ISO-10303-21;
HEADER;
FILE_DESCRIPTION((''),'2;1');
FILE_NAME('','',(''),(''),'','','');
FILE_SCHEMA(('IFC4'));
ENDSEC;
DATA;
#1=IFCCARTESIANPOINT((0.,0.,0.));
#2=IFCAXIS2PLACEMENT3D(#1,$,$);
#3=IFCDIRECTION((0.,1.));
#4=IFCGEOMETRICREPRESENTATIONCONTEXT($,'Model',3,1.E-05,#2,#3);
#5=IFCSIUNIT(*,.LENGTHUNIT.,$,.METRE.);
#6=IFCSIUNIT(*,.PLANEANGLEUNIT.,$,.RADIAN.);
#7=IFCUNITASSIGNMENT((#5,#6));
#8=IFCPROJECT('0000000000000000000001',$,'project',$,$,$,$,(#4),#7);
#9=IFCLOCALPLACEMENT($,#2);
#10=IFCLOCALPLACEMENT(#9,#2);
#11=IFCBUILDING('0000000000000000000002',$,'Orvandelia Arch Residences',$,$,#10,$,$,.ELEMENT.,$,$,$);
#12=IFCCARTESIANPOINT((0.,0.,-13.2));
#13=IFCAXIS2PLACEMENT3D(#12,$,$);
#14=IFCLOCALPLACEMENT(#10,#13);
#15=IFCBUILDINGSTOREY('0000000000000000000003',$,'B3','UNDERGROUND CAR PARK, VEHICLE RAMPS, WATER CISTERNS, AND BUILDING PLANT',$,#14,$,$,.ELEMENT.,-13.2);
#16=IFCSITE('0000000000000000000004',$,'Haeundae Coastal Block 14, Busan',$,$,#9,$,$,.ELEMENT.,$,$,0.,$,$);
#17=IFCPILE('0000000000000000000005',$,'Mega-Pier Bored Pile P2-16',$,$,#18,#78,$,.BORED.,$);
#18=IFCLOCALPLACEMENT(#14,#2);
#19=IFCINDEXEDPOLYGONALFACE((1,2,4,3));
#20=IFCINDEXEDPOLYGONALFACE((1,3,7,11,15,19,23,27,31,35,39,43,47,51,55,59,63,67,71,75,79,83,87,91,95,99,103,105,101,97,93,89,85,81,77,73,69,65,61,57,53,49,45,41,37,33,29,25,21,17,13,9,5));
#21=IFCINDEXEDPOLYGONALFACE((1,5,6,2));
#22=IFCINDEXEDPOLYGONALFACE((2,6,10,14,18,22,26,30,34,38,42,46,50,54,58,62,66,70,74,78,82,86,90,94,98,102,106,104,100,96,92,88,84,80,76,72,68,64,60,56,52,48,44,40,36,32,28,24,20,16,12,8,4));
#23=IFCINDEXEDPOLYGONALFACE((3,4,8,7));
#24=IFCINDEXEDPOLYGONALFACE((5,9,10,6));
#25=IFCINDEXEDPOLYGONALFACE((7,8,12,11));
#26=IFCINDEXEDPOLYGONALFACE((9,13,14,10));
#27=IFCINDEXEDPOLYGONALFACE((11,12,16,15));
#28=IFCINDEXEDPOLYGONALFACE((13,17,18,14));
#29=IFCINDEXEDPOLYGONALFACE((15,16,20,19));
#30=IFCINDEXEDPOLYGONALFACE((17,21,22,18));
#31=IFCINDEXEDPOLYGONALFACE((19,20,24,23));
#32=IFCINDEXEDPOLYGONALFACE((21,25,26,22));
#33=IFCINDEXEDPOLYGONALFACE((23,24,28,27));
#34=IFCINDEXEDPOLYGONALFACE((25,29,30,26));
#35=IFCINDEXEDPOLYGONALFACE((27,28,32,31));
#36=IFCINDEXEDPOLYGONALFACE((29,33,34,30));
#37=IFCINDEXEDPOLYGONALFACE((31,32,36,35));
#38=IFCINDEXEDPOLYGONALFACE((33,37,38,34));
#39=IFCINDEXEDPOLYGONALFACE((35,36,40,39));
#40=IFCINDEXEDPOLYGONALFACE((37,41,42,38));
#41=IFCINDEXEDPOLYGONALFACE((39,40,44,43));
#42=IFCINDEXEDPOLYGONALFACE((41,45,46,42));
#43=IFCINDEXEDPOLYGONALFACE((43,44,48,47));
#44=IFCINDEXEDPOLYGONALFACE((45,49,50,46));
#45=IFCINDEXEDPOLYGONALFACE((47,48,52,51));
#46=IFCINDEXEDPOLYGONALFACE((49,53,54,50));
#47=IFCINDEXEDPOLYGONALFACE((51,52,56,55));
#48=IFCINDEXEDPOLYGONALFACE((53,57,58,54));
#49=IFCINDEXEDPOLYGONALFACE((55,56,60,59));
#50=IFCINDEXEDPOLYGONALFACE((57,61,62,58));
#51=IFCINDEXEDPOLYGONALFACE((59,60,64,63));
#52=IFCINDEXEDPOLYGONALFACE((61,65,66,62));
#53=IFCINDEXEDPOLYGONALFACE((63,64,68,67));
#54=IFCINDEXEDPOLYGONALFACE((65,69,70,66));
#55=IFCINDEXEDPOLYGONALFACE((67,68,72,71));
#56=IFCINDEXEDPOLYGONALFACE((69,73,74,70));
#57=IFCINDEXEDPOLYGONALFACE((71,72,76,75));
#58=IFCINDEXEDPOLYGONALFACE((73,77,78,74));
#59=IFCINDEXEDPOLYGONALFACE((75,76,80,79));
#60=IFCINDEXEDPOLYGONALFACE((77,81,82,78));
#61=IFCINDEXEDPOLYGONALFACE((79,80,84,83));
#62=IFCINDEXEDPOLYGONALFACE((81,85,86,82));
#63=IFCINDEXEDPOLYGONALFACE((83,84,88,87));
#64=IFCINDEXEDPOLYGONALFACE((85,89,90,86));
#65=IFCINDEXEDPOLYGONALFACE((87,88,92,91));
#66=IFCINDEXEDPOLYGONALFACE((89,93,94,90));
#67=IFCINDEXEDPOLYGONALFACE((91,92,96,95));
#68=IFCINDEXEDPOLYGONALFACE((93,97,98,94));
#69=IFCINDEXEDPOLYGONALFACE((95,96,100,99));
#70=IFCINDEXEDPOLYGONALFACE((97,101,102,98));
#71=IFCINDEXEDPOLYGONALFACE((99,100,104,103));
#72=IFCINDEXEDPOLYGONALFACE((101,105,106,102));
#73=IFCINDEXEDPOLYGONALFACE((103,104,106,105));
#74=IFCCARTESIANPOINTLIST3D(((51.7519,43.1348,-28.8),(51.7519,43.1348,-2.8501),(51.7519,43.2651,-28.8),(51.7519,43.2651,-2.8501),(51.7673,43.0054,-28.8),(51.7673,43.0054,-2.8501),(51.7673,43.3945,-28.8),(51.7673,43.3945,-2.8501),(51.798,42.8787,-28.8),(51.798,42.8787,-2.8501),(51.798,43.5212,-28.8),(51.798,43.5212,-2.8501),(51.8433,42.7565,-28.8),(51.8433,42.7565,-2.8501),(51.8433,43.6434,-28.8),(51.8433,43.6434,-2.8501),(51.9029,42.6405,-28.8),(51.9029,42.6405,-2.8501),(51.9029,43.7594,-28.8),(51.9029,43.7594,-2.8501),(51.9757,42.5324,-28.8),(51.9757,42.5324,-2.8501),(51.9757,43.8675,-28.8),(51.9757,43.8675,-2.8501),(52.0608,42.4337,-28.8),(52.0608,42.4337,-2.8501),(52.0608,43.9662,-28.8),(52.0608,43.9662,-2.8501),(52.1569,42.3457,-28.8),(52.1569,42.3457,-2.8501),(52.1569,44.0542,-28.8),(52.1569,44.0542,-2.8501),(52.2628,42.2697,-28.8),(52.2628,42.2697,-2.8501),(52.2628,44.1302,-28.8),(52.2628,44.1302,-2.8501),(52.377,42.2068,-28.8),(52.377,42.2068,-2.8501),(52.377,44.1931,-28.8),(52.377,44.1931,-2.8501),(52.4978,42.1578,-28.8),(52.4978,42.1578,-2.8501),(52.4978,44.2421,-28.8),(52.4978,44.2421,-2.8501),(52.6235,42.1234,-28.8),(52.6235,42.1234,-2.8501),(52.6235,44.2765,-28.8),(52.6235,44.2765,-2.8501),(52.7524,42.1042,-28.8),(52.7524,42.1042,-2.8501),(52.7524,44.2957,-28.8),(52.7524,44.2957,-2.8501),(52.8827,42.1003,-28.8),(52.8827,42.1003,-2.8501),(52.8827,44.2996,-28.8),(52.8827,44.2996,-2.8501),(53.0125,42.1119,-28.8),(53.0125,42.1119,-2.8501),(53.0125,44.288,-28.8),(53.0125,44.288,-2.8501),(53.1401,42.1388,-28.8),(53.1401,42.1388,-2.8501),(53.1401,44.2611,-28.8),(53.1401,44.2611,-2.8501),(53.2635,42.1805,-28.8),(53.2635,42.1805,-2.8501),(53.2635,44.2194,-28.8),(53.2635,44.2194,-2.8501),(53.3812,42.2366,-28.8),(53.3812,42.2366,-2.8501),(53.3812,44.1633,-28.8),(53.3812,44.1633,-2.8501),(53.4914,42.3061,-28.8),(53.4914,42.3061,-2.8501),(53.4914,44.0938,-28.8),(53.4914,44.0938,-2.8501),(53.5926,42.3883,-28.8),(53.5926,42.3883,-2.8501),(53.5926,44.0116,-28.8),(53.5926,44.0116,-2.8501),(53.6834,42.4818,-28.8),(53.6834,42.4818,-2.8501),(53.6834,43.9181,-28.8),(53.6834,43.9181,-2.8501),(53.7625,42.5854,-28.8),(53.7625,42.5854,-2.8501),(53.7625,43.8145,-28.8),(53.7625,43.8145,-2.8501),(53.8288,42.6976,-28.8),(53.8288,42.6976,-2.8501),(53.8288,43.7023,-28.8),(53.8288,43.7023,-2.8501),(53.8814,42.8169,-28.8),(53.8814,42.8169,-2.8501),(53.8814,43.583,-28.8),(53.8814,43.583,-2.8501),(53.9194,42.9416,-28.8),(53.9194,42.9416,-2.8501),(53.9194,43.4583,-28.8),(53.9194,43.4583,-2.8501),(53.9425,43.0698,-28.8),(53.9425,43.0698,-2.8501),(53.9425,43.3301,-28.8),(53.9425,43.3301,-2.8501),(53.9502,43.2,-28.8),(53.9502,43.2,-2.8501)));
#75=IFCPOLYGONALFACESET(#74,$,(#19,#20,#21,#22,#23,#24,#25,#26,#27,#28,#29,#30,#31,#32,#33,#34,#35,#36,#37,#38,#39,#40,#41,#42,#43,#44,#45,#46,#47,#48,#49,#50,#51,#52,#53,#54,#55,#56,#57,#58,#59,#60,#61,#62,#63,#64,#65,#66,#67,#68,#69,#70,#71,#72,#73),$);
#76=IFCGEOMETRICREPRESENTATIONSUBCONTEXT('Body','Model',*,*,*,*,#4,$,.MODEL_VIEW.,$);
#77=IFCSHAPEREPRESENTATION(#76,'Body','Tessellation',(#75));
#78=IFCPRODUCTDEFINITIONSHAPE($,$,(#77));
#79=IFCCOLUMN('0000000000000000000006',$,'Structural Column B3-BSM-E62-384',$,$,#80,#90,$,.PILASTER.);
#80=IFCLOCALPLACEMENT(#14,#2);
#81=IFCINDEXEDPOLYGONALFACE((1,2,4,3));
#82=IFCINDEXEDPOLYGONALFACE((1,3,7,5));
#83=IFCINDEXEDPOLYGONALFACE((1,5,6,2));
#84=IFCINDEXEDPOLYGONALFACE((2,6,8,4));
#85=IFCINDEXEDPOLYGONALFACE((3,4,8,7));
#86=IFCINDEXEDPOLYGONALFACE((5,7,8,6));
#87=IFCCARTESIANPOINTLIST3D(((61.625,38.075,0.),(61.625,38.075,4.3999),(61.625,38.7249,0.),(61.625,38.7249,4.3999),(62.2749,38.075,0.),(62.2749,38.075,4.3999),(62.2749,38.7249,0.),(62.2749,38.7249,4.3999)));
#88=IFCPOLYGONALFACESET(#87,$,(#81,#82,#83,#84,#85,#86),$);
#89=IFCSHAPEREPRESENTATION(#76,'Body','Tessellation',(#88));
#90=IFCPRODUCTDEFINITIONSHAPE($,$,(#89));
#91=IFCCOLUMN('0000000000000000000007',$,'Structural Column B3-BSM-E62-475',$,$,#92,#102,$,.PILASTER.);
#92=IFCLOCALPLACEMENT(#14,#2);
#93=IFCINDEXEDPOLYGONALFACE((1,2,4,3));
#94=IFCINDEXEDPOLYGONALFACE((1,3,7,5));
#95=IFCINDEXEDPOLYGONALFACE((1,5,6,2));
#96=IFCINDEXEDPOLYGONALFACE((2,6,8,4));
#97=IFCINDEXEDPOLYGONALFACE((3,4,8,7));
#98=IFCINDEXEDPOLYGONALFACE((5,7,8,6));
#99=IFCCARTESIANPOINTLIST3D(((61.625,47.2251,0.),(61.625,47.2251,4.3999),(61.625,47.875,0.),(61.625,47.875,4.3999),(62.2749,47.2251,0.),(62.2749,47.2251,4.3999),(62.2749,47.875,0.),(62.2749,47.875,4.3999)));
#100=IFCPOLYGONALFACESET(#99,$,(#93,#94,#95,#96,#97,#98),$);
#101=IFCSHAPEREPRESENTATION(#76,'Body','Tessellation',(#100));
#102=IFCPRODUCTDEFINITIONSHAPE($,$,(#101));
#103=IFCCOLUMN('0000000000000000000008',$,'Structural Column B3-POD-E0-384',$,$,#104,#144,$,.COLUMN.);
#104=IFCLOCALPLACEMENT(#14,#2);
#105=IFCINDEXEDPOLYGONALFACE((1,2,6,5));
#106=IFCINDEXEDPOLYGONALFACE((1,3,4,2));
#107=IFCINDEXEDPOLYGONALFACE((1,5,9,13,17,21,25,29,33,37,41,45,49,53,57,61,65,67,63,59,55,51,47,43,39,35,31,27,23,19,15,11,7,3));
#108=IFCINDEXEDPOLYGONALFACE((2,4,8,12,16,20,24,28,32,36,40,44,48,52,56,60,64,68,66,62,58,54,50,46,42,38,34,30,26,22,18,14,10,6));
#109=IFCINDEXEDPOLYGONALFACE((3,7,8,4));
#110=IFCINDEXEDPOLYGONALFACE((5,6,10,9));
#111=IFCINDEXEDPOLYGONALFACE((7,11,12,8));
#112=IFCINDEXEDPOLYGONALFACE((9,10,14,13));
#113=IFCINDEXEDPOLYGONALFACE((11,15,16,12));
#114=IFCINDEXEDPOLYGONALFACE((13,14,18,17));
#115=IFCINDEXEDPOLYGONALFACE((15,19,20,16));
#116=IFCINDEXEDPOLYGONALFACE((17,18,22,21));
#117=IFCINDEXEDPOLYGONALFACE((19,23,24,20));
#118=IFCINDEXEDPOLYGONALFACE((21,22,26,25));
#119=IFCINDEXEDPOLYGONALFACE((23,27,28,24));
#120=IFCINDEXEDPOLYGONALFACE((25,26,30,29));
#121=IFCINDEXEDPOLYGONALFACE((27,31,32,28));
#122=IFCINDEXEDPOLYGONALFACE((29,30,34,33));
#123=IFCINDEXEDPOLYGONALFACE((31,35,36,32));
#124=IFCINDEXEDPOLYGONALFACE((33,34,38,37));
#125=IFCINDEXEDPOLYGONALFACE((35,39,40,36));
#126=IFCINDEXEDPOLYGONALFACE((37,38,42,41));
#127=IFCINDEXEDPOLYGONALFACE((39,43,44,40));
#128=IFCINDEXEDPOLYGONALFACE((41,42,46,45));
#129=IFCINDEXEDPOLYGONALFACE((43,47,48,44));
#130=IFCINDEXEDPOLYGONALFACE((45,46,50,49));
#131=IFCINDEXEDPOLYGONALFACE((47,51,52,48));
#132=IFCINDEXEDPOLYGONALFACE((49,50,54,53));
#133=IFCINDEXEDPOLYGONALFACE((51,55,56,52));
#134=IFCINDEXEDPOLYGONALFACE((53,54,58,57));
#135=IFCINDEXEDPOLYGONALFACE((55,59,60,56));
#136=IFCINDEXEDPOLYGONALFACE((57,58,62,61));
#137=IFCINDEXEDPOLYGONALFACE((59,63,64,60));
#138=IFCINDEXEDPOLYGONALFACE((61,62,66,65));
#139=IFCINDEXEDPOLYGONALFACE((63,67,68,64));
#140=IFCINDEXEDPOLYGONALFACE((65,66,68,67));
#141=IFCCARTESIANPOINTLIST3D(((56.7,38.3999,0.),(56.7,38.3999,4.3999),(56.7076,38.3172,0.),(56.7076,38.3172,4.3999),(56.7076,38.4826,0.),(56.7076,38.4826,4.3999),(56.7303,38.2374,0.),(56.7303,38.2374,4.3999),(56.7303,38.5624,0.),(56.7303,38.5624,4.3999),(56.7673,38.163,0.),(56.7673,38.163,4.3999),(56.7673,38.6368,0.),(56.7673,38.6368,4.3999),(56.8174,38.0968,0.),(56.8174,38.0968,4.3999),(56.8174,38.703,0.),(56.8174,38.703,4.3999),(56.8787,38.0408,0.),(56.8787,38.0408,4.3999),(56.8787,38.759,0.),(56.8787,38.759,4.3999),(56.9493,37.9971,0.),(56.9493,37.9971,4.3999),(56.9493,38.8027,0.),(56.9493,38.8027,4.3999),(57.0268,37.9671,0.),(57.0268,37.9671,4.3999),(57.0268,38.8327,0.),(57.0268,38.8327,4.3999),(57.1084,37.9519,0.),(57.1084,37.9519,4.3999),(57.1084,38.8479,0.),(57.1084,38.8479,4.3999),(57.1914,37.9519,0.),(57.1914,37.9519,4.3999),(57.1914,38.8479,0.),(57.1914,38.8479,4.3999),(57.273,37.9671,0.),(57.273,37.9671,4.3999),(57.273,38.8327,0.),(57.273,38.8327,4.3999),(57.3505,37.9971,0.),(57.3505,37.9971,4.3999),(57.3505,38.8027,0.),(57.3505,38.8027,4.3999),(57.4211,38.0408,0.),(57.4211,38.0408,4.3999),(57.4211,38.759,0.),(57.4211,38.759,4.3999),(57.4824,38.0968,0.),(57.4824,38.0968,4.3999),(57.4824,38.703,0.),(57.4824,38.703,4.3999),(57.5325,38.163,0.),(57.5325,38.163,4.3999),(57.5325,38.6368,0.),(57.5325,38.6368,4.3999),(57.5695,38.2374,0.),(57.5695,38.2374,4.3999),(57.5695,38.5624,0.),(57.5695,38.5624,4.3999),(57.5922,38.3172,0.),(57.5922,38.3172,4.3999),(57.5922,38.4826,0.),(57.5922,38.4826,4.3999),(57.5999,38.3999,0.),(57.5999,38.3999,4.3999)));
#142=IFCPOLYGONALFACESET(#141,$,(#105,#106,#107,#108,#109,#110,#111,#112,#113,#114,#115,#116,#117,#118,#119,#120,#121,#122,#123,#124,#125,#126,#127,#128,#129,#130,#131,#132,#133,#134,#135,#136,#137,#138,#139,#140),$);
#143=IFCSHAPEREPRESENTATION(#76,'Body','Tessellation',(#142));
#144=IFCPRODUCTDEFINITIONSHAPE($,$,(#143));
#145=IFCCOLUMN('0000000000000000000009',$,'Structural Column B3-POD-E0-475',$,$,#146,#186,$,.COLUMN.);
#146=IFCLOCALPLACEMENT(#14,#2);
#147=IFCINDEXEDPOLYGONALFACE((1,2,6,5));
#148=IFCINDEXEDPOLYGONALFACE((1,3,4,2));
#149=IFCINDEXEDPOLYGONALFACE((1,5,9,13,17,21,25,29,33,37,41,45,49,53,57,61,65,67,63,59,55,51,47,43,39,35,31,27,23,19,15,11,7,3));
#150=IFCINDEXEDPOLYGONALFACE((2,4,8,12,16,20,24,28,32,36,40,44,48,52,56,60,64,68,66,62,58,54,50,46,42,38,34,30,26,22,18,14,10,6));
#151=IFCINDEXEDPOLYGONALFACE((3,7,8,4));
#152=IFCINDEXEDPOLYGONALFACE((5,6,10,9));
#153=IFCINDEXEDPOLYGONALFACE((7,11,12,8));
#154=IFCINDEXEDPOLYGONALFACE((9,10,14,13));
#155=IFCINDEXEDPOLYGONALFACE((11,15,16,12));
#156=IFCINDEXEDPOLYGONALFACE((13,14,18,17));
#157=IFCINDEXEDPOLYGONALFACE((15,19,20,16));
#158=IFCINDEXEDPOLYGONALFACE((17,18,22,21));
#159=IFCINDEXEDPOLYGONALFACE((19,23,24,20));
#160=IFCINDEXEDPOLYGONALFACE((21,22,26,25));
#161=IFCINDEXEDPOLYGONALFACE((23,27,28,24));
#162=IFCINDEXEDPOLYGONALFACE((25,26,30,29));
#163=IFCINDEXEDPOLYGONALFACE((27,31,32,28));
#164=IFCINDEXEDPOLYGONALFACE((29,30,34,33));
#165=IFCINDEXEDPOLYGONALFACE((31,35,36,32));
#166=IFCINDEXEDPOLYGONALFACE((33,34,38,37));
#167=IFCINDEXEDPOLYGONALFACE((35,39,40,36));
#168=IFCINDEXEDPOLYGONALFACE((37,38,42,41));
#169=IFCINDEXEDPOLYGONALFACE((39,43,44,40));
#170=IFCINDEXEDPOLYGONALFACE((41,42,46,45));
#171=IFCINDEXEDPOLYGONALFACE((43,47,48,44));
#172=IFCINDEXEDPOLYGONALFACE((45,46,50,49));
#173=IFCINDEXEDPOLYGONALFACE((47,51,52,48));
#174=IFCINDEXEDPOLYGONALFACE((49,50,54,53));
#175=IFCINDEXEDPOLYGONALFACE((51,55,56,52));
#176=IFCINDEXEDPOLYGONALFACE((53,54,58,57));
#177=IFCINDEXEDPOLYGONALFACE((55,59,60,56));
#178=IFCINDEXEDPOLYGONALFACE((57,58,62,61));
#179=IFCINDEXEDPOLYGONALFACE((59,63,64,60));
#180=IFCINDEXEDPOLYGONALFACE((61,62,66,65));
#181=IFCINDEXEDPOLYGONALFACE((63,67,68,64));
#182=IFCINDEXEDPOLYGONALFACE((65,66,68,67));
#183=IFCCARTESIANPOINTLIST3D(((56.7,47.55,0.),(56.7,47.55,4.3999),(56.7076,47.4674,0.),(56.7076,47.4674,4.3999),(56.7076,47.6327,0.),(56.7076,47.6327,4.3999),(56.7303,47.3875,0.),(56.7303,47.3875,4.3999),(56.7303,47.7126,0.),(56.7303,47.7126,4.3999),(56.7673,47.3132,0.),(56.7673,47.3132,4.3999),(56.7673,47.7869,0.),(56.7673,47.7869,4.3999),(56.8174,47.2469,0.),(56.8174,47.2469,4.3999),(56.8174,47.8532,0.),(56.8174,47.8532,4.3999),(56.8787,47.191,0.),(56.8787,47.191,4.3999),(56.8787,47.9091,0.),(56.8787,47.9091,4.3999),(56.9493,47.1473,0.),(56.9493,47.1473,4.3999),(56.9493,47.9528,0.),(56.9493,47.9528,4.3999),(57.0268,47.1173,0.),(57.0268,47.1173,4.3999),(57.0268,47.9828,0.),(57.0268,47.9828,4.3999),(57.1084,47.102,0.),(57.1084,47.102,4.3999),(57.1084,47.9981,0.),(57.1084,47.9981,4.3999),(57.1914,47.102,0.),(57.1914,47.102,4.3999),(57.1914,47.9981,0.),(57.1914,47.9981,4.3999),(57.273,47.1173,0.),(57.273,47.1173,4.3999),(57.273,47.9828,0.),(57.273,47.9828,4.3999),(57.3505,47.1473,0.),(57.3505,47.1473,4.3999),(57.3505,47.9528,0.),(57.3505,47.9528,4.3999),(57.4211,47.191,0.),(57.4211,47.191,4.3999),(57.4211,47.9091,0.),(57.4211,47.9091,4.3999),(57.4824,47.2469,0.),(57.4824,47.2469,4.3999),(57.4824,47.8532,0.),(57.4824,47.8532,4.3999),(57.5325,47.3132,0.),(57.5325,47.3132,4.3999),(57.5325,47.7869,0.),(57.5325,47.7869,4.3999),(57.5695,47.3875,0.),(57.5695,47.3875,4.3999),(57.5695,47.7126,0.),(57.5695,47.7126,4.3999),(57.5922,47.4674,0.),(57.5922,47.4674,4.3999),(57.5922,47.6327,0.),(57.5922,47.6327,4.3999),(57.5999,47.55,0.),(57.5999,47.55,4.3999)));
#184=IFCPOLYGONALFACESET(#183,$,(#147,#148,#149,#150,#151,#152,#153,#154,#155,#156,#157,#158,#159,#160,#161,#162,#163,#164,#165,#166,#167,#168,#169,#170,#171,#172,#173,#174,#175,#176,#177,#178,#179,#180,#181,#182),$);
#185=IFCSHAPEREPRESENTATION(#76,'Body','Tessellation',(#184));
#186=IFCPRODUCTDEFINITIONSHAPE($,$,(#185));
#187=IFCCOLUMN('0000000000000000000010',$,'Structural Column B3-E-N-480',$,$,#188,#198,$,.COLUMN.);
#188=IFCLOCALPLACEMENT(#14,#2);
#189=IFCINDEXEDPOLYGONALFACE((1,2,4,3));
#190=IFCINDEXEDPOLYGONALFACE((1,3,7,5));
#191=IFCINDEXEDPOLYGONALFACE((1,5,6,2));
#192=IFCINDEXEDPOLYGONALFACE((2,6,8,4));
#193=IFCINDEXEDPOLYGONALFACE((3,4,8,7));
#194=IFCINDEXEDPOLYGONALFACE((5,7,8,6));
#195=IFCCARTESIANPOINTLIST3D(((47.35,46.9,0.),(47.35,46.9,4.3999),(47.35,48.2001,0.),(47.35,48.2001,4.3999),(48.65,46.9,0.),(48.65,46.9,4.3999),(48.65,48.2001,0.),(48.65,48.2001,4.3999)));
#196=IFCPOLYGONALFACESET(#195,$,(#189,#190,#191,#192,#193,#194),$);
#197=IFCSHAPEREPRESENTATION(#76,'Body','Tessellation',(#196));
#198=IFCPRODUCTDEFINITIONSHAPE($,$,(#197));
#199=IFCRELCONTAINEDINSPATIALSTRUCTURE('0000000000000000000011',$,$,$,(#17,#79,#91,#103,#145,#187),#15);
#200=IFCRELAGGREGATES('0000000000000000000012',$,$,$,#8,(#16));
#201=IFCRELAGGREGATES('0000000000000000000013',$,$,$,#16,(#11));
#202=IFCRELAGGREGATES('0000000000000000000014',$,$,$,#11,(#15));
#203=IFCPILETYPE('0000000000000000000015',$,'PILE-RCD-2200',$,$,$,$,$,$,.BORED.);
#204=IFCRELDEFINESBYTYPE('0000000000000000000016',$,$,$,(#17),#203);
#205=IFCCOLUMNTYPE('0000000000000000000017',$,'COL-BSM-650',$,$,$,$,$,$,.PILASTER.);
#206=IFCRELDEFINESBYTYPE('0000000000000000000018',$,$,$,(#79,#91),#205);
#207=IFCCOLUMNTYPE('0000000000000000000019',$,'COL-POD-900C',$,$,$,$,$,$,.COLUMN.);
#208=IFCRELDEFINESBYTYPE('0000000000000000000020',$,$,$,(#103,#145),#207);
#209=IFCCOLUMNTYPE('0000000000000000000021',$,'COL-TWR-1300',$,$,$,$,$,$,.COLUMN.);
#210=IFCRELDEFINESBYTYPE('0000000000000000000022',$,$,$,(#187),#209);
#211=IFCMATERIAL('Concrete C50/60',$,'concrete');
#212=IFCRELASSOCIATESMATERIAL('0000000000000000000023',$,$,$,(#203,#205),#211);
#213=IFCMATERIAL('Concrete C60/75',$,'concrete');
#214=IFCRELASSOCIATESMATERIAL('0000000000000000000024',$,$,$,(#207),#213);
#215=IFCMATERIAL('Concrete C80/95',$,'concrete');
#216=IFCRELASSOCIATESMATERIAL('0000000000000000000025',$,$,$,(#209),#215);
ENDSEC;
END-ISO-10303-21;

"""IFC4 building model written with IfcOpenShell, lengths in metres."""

from ifc_helpers import new_model, si_unit, direction, frame, origin, origin_2d, place, context, subcontext, project, spatial, rectangle, circle, extrude, material, material_profile, profile_set, type_object, element, save


model = new_model("IFC4")

# Units and contexts
model_context = context("Model", 3, precision=1e-05, world=origin(), true_north=direction((0.0, 1.0)))
body_context = subcontext(model_context, "Body", "Model", "MODEL_VIEW")
ifc_project = project(units=[si_unit("LENGTHUNIT", "METRE"), si_unit("PLANEANGLEUNIT", "RADIAN")], contexts=[model_context])

# Site, building, storey
site_placement = place(None, origin())
site = spatial("IfcSite", under=ifc_project, at=site_placement, Name="Haeundae Coastal Block 14, Busan", CompositionType="ELEMENT", RefElevation=0.0)
building_placement = place(site_placement, origin())
building = spatial("IfcBuilding", under=site, at=building_placement, Name="Orvandelia Arch Residences", CompositionType="ELEMENT")
storey_placement = place(building_placement, frame((0.0, 0.0, -13.2)))
storey = spatial("IfcBuildingStorey", under=building, at=storey_placement, Name="B3", Description="UNDERGROUND CAR PARK, VEHICLE RAMPS, WATER CISTERNS, AND BUILDING PLANT", CompositionType="ELEMENT", Elevation=-13.2)

# Shared definitions
ifc_material_1 = material(Name="Concrete C50/60", Category="concrete")

# Pile
ifc_material_profile_1 = material_profile(ifc_material_1, circle(Radius=1.1001, at=origin_2d()), Name="Concrete C50/60", Category="concrete")
ifc_profile_set_1 = profile_set([ifc_material_profile_1], Name="Concrete C50/60")
pile_type = type_object("IfcPileType", Name="PILE-RCD-2200", PredefinedType="BORED", material=ifc_profile_set_1)
pile_placement = place(storey_placement, frame((52.8501, 43.2, -2.8501), z_axis=(0.0, 0.0, -1.0), x_axis=(1.0, 0.0, 0.0)))
element("IfcPile", 1, at=pile_placement, inside=storey, type_object=pile_type, Name="Mega-Pier Bored Pile P2-16", PredefinedType="BORED", context=body_context, shape_type="SweptSolid", body=[
    extrude(circle(Radius=1.1001, at=origin_2d()), origin(), (0.0, 0.0, 1.0), 25.95),
])

# Columns
ifc_material_profile_2 = material_profile(ifc_material_1, rectangle(XDim=0.6499, YDim=0.6499, at=origin_2d()), Name="Concrete C50/60", Category="concrete")
ifc_profile_set_2 = profile_set([ifc_material_profile_2], Name="Concrete C50/60")
column_type_1 = type_object("IfcColumnType", Name="COL-BSM-650", PredefinedType="PILASTER", material=ifc_profile_set_2)
for number, where, z_axis, x_axis, name in (
    (2, (61.95, 38.3999, 0.0), (0.0, 0.0, 1.0), (1.0, 0.0, 0.0), "Structural Column B3-BSM-E62-384"),
    (3, (61.95, 47.55, 0.0), (0.0, 0.0, 1.0), (1.0, 0.0, 0.0), "Structural Column B3-BSM-E62-475"),
):
    element("IfcColumn", number, at=place(storey_placement, frame(where, z_axis=z_axis, x_axis=x_axis)), inside=storey, type_object=column_type_1, Name=name, PredefinedType="PILASTER", context=body_context, shape_type="SweptSolid", body=[
        extrude(rectangle(XDim=0.6499, YDim=0.6499, at=origin_2d()), origin(), (0.0, 0.0, 1.0), 4.3999),
    ])
ifc_material_2 = material(Name="Concrete C60/75", Category="concrete")
ifc_material_profile_3 = material_profile(ifc_material_2, circle(Radius=0.45, at=origin_2d()), Name="Concrete C60/75", Category="concrete")
ifc_profile_set_3 = profile_set([ifc_material_profile_3], Name="Concrete C60/75")
column_type_2 = type_object("IfcColumnType", Name="COL-POD-900C", PredefinedType="COLUMN", material=ifc_profile_set_3)
for number, where, z_axis, x_axis, name in (
    (4, (57.1499, 38.3999, 0.0), (0.0, 0.0, 1.0), (1.0, 0.0, 0.0), "Structural Column B3-POD-E0-384"),
    (5, (57.1499, 47.55, 0.0), (0.0, 0.0, 1.0), (1.0, 0.0, 0.0), "Structural Column B3-POD-E0-475"),
):
    element("IfcColumn", number, at=place(storey_placement, frame(where, z_axis=z_axis, x_axis=x_axis)), inside=storey, type_object=column_type_2, Name=name, PredefinedType="COLUMN", context=body_context, shape_type="SweptSolid", body=[
        extrude(circle(Radius=0.45, at=origin_2d()), origin(), (0.0, 0.0, 1.0), 4.3999),
    ])
ifc_material_3 = material(Name="Concrete C80/95", Category="concrete")
ifc_material_profile_4 = material_profile(ifc_material_3, rectangle(XDim=1.3, YDim=1.3, at=origin_2d()), Name="Concrete C80/95", Category="concrete")
ifc_profile_set_4 = profile_set([ifc_material_profile_4], Name="Concrete C80/95")
column_type_3 = type_object("IfcColumnType", Name="COL-TWR-1300", PredefinedType="COLUMN", material=ifc_profile_set_4)
for number, where, z_axis, x_axis, name in (
    (6, (48.0, 47.55, 0.0), (0.0, 0.0, 1.0), (1.0, 0.0, 0.0), "Structural Column B3-E-N-480"),
):
    element("IfcColumn", number, at=place(storey_placement, frame(where, z_axis=z_axis, x_axis=x_axis)), inside=storey, type_object=column_type_3, Name=name, PredefinedType="COLUMN", context=body_context, shape_type="SweptSolid", body=[
        extrude(rectangle(XDim=1.3, YDim=1.3, at=origin_2d()), origin(), (0.0, 0.0, 1.0), 4.3999),
    ])

save(model, "model.ifc")
